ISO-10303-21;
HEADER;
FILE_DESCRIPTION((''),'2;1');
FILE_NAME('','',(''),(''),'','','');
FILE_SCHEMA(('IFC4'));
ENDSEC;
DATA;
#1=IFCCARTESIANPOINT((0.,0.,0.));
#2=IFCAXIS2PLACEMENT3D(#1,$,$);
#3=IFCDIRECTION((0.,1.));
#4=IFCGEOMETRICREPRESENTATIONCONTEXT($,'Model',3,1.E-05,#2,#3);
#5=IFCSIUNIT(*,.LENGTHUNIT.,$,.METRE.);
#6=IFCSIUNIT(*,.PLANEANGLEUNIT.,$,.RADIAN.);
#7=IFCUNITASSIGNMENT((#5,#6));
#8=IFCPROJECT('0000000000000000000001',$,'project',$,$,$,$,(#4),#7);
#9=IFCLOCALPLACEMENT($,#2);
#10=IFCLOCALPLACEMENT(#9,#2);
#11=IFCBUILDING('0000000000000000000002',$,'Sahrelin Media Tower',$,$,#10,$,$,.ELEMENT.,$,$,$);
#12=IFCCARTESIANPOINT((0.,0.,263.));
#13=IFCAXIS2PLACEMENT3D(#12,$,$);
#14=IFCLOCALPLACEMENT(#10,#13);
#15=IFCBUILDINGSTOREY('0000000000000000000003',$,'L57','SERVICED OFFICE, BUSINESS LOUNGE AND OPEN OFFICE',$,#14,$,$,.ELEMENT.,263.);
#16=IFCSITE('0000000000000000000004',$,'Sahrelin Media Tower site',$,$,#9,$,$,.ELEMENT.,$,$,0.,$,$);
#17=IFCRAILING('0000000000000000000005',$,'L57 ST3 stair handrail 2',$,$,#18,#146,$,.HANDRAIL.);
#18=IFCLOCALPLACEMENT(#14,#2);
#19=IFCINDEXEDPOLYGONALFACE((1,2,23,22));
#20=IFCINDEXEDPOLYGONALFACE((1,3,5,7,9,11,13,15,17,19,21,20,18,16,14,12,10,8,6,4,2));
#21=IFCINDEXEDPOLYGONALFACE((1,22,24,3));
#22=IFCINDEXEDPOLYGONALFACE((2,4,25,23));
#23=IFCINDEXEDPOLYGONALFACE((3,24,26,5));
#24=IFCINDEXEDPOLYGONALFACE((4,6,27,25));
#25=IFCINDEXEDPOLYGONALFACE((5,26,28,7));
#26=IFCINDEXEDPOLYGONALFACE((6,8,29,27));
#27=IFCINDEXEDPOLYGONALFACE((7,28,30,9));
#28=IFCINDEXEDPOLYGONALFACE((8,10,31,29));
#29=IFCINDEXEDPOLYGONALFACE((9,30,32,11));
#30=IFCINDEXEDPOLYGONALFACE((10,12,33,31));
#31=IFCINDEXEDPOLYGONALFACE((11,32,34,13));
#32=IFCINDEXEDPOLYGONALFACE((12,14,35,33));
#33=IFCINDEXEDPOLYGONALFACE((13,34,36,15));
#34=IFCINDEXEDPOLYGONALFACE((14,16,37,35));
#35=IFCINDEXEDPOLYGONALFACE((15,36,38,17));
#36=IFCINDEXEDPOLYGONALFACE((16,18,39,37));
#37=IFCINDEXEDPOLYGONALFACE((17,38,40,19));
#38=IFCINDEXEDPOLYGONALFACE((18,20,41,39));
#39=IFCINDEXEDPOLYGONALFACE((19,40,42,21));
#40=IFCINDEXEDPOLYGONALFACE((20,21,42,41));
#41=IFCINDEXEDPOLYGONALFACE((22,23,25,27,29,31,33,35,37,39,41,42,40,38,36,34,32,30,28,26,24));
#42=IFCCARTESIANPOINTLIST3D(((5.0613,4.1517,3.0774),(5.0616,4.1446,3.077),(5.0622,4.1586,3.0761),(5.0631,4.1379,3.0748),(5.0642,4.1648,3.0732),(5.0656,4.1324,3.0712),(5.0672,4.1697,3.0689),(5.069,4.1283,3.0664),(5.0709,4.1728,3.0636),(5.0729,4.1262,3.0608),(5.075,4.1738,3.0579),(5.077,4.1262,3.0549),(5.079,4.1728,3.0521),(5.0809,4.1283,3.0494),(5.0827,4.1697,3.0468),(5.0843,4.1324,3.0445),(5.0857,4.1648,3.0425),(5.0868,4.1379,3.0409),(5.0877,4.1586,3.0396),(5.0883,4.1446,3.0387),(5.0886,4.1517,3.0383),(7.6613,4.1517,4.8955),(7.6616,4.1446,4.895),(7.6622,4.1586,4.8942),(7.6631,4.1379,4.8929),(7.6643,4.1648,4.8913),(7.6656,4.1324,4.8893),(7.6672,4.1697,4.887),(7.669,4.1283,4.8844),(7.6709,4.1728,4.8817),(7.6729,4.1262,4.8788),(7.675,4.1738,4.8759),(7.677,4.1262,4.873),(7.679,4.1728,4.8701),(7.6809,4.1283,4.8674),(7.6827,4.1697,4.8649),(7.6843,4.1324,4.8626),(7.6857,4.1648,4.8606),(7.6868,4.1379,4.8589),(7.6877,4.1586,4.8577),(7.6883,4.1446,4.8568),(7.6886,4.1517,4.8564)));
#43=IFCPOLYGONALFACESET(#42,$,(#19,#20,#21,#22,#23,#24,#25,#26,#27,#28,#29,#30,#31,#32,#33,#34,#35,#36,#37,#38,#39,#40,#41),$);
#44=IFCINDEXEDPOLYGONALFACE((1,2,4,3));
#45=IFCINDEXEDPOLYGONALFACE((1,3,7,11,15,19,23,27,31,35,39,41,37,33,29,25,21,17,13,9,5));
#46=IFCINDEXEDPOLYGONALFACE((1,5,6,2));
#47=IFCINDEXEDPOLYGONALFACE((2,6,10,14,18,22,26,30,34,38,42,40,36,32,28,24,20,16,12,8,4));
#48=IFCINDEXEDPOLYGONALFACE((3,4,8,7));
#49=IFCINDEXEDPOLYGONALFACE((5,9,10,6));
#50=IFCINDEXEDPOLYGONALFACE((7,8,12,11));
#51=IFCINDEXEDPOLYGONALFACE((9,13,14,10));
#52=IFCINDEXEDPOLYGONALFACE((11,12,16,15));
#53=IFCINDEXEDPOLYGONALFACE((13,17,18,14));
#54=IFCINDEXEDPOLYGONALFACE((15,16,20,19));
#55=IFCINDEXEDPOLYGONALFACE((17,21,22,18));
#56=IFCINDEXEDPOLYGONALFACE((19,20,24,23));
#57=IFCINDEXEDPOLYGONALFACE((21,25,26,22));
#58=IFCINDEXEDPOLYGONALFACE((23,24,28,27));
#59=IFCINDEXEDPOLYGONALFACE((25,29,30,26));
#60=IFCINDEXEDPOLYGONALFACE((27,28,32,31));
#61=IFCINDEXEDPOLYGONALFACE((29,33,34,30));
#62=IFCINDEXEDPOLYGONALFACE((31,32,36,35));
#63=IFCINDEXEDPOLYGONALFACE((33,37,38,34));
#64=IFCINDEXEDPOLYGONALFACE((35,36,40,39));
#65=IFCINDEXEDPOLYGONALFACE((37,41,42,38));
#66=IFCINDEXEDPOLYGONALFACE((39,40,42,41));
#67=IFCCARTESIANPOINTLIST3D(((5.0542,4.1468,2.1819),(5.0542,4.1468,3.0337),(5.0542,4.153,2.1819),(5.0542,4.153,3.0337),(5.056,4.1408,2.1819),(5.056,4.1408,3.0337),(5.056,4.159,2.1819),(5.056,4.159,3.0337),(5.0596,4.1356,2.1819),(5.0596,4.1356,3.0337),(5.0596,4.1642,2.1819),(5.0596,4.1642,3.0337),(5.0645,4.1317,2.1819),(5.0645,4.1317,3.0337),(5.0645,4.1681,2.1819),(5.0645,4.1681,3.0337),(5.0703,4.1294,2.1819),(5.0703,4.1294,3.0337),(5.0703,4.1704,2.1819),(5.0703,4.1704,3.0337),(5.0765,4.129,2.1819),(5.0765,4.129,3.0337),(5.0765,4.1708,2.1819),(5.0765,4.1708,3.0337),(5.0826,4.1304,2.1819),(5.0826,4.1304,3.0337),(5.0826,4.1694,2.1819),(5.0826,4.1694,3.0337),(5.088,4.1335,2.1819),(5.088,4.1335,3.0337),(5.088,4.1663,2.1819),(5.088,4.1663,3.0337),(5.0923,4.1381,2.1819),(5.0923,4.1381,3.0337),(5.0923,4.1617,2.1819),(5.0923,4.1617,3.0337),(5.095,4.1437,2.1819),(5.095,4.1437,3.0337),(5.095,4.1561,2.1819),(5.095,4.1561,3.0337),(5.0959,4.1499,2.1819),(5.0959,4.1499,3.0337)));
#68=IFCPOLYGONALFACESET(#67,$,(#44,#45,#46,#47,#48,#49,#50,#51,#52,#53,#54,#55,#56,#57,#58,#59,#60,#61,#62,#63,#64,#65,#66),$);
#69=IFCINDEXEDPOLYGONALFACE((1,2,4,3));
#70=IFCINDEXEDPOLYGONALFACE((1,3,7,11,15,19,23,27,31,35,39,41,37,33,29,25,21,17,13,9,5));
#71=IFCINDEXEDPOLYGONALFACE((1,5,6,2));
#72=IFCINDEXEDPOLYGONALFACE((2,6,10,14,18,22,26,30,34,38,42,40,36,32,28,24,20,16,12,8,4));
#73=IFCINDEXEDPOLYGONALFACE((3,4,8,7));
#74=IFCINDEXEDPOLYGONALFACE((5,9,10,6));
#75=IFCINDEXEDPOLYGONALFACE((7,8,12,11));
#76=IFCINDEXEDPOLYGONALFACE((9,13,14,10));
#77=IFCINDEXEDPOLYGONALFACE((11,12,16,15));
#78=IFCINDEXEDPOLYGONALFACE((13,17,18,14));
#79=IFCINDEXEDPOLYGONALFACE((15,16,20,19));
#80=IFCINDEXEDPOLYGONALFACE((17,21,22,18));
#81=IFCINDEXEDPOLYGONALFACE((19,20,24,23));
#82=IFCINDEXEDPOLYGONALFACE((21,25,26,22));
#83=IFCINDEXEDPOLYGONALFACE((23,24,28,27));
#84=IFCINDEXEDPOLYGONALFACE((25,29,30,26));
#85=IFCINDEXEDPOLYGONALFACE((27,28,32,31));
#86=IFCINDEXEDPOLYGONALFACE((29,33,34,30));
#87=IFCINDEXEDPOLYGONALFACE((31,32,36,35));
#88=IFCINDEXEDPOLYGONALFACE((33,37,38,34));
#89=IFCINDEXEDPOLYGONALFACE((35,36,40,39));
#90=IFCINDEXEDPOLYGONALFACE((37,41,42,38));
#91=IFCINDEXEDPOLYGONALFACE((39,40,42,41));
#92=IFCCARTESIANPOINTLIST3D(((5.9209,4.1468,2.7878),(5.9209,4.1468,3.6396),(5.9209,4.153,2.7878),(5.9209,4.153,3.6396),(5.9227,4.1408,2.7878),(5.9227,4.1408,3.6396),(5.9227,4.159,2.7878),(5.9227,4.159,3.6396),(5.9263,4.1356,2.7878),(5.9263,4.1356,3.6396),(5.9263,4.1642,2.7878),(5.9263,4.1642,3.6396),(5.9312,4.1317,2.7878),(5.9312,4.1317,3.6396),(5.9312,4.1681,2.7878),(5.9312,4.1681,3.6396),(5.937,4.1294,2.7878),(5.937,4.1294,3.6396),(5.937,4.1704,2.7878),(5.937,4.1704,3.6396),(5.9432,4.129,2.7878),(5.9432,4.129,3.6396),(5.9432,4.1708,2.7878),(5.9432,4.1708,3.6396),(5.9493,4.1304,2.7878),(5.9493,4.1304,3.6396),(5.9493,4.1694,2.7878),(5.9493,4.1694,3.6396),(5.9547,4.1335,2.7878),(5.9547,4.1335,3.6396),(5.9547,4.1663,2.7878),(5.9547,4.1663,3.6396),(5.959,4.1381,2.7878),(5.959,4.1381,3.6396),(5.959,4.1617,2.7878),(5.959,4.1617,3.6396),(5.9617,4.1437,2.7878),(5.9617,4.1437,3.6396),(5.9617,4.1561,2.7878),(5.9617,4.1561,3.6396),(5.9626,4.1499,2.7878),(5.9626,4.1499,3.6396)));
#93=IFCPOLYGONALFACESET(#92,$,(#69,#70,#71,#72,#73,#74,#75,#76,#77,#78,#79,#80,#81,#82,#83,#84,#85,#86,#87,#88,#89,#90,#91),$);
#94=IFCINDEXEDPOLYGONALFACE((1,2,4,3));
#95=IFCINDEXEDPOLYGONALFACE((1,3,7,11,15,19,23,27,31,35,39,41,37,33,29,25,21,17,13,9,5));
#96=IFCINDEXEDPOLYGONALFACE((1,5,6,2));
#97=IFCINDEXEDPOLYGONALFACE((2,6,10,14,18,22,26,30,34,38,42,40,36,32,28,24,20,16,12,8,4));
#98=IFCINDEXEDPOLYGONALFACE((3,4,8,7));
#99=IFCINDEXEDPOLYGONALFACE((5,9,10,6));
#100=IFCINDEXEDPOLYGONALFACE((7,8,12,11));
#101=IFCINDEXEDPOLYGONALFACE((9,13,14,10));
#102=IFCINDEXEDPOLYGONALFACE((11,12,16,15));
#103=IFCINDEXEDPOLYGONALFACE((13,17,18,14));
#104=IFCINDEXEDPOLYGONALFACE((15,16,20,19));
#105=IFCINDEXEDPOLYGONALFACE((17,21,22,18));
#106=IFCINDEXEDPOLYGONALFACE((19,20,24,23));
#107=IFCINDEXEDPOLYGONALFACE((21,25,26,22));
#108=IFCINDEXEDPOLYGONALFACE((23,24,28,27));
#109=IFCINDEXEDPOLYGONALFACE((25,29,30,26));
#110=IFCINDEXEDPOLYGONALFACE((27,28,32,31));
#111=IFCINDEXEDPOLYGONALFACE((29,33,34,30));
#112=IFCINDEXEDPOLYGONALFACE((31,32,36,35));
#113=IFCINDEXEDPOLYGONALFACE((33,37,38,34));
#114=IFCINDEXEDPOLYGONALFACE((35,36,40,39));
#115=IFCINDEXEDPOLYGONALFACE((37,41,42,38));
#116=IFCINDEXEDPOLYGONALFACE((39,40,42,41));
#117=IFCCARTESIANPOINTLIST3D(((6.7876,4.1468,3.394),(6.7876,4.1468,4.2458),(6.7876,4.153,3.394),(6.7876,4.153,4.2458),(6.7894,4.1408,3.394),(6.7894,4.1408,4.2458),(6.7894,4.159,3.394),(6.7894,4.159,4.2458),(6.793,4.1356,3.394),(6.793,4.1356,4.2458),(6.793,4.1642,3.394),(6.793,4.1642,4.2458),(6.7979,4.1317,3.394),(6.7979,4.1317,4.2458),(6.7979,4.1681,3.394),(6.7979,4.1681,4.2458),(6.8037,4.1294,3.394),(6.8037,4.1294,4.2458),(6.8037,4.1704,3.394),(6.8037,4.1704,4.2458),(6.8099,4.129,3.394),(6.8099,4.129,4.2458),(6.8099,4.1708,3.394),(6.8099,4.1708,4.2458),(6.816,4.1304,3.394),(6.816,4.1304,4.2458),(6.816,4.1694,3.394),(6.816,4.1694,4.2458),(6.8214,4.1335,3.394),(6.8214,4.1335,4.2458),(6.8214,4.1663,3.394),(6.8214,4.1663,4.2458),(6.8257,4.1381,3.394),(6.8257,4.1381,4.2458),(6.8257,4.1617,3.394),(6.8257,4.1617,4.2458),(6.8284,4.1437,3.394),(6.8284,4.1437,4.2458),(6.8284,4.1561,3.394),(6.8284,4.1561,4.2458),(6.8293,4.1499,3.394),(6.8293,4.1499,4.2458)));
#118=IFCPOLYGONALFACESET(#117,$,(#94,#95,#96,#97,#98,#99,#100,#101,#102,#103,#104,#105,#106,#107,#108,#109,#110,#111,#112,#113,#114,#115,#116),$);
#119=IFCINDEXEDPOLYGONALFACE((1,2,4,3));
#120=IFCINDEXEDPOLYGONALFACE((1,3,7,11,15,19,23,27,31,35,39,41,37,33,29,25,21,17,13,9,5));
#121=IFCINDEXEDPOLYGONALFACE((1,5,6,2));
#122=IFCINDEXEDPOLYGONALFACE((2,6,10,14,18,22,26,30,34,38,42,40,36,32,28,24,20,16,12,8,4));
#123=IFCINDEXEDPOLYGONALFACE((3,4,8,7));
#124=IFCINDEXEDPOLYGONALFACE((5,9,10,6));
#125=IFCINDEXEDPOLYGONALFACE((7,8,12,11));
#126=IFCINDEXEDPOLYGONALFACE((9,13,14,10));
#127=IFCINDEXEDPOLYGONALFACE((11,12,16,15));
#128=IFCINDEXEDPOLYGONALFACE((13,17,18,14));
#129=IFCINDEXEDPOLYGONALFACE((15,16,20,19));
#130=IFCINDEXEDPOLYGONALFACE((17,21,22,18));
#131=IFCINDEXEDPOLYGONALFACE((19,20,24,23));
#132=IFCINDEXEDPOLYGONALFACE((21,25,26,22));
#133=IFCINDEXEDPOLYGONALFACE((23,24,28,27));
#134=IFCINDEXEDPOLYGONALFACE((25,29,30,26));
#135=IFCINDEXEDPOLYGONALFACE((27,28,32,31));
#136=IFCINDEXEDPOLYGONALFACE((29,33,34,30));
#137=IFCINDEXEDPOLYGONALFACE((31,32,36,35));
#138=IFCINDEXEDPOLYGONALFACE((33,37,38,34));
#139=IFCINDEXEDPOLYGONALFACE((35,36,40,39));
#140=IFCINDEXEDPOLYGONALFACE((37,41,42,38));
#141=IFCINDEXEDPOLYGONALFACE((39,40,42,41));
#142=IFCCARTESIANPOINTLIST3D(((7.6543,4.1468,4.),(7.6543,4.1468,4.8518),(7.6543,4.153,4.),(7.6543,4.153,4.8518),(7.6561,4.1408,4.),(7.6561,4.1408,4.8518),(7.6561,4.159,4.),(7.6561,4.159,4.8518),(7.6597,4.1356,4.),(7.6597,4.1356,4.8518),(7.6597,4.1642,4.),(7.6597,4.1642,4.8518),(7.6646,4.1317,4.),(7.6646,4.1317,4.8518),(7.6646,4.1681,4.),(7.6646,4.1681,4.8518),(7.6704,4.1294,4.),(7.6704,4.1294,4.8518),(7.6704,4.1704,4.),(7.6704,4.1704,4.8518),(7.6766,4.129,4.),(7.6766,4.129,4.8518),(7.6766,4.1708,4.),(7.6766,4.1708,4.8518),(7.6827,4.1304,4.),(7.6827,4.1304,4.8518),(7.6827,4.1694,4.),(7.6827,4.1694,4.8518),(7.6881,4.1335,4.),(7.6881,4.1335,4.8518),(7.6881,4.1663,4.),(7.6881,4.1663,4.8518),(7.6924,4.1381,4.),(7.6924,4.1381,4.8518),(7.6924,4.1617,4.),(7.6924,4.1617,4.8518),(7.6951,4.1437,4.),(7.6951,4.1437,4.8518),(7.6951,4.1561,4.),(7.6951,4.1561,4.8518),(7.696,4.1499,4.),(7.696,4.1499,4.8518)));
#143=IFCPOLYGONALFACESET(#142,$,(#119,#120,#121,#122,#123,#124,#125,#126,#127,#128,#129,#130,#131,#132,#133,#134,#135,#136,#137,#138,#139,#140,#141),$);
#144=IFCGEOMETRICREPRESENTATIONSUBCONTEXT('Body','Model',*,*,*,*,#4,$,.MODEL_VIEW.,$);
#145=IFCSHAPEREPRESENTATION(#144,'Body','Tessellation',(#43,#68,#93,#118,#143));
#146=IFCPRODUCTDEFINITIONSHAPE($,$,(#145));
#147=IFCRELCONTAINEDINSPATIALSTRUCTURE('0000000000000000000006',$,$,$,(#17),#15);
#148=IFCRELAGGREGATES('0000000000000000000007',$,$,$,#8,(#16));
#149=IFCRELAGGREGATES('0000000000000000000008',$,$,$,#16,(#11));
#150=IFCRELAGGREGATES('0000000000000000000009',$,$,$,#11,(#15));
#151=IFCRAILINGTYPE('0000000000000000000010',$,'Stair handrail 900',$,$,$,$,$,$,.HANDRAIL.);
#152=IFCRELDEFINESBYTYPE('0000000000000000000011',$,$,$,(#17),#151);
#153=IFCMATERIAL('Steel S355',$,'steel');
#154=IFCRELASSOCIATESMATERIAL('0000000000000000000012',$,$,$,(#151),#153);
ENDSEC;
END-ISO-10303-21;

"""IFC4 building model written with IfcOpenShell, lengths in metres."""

from ifc_helpers import new_model, si_unit, direction, frame, origin, origin_2d, place, context, subcontext, project, spatial, circle, extrude, material, type_object, element, save


model = new_model("IFC4")

# Units and contexts
model_context = context("Model", 3, precision=1e-05, world=origin(), true_north=direction((0.0, 1.0)))
body_context = subcontext(model_context, "Body", "Model", "MODEL_VIEW")
ifc_project = project(units=[si_unit("LENGTHUNIT", "METRE"), si_unit("PLANEANGLEUNIT", "RADIAN")], contexts=[model_context])

# Site, building, storey
site_placement = place(None, origin())
site = spatial("IfcSite", under=ifc_project, at=site_placement, Name="Sahrelin Media Tower site", CompositionType="ELEMENT", RefElevation=0.0)
building_placement = place(site_placement, origin())
building = spatial("IfcBuilding", under=site, at=building_placement, Name="Sahrelin Media Tower", CompositionType="ELEMENT")
storey_placement = place(building_placement, frame((0.0, 0.0, 263.0)))
storey = spatial("IfcBuildingStorey", under=building, at=storey_placement, Name="L57", Description="SERVICED OFFICE, BUSINESS LOUNGE AND OPEN OFFICE", CompositionType="ELEMENT", Elevation=263.0)

# Shared definitions
ifc_material_1 = material(Name="Steel S355", Category="steel")

# Railing
railing_type_1 = type_object("IfcRailingType", Name="Stair handrail 900", PredefinedType="HANDRAIL", material=ifc_material_1)
railing_1_placement = place(storey_placement, frame((5.075, 4.1499, 2.1819)))
element("IfcRailing", 1, at=railing_1_placement, inside=storey, type_object=railing_type_1, Name="L57 ST3 stair handrail 2", PredefinedType="HANDRAIL", context=body_context, shape_type="SweptSolid", body=[
    extrude(circle(Radius=0.0239, at=origin_2d()), frame((0.0, 0.0, 0.876), z_axis=(0.819521, 0.0, 0.573049), x_axis=(0.0, 1.0, 0.0)), (0.0, 0.0, 1.0), 3.1726),
    extrude(circle(Radius=0.021, at=origin_2d()), origin(), (0.0, 0.0, 1.0), 0.8518),
    extrude(circle(Radius=0.021, at=origin_2d()), frame((0.8667, 0.0, 0.606)), (0.0, 0.0, 1.0), 0.8518),
    extrude(circle(Radius=0.021, at=origin_2d()), frame((1.7334, 0.0, 1.2122)), (0.0, 0.0, 1.0), 0.8518),
    extrude(circle(Radius=0.021, at=origin_2d()), frame((2.6001, 0.0, 1.8181)), (0.0, 0.0, 1.0), 0.8518),
])

save(model, "model.ifc")
